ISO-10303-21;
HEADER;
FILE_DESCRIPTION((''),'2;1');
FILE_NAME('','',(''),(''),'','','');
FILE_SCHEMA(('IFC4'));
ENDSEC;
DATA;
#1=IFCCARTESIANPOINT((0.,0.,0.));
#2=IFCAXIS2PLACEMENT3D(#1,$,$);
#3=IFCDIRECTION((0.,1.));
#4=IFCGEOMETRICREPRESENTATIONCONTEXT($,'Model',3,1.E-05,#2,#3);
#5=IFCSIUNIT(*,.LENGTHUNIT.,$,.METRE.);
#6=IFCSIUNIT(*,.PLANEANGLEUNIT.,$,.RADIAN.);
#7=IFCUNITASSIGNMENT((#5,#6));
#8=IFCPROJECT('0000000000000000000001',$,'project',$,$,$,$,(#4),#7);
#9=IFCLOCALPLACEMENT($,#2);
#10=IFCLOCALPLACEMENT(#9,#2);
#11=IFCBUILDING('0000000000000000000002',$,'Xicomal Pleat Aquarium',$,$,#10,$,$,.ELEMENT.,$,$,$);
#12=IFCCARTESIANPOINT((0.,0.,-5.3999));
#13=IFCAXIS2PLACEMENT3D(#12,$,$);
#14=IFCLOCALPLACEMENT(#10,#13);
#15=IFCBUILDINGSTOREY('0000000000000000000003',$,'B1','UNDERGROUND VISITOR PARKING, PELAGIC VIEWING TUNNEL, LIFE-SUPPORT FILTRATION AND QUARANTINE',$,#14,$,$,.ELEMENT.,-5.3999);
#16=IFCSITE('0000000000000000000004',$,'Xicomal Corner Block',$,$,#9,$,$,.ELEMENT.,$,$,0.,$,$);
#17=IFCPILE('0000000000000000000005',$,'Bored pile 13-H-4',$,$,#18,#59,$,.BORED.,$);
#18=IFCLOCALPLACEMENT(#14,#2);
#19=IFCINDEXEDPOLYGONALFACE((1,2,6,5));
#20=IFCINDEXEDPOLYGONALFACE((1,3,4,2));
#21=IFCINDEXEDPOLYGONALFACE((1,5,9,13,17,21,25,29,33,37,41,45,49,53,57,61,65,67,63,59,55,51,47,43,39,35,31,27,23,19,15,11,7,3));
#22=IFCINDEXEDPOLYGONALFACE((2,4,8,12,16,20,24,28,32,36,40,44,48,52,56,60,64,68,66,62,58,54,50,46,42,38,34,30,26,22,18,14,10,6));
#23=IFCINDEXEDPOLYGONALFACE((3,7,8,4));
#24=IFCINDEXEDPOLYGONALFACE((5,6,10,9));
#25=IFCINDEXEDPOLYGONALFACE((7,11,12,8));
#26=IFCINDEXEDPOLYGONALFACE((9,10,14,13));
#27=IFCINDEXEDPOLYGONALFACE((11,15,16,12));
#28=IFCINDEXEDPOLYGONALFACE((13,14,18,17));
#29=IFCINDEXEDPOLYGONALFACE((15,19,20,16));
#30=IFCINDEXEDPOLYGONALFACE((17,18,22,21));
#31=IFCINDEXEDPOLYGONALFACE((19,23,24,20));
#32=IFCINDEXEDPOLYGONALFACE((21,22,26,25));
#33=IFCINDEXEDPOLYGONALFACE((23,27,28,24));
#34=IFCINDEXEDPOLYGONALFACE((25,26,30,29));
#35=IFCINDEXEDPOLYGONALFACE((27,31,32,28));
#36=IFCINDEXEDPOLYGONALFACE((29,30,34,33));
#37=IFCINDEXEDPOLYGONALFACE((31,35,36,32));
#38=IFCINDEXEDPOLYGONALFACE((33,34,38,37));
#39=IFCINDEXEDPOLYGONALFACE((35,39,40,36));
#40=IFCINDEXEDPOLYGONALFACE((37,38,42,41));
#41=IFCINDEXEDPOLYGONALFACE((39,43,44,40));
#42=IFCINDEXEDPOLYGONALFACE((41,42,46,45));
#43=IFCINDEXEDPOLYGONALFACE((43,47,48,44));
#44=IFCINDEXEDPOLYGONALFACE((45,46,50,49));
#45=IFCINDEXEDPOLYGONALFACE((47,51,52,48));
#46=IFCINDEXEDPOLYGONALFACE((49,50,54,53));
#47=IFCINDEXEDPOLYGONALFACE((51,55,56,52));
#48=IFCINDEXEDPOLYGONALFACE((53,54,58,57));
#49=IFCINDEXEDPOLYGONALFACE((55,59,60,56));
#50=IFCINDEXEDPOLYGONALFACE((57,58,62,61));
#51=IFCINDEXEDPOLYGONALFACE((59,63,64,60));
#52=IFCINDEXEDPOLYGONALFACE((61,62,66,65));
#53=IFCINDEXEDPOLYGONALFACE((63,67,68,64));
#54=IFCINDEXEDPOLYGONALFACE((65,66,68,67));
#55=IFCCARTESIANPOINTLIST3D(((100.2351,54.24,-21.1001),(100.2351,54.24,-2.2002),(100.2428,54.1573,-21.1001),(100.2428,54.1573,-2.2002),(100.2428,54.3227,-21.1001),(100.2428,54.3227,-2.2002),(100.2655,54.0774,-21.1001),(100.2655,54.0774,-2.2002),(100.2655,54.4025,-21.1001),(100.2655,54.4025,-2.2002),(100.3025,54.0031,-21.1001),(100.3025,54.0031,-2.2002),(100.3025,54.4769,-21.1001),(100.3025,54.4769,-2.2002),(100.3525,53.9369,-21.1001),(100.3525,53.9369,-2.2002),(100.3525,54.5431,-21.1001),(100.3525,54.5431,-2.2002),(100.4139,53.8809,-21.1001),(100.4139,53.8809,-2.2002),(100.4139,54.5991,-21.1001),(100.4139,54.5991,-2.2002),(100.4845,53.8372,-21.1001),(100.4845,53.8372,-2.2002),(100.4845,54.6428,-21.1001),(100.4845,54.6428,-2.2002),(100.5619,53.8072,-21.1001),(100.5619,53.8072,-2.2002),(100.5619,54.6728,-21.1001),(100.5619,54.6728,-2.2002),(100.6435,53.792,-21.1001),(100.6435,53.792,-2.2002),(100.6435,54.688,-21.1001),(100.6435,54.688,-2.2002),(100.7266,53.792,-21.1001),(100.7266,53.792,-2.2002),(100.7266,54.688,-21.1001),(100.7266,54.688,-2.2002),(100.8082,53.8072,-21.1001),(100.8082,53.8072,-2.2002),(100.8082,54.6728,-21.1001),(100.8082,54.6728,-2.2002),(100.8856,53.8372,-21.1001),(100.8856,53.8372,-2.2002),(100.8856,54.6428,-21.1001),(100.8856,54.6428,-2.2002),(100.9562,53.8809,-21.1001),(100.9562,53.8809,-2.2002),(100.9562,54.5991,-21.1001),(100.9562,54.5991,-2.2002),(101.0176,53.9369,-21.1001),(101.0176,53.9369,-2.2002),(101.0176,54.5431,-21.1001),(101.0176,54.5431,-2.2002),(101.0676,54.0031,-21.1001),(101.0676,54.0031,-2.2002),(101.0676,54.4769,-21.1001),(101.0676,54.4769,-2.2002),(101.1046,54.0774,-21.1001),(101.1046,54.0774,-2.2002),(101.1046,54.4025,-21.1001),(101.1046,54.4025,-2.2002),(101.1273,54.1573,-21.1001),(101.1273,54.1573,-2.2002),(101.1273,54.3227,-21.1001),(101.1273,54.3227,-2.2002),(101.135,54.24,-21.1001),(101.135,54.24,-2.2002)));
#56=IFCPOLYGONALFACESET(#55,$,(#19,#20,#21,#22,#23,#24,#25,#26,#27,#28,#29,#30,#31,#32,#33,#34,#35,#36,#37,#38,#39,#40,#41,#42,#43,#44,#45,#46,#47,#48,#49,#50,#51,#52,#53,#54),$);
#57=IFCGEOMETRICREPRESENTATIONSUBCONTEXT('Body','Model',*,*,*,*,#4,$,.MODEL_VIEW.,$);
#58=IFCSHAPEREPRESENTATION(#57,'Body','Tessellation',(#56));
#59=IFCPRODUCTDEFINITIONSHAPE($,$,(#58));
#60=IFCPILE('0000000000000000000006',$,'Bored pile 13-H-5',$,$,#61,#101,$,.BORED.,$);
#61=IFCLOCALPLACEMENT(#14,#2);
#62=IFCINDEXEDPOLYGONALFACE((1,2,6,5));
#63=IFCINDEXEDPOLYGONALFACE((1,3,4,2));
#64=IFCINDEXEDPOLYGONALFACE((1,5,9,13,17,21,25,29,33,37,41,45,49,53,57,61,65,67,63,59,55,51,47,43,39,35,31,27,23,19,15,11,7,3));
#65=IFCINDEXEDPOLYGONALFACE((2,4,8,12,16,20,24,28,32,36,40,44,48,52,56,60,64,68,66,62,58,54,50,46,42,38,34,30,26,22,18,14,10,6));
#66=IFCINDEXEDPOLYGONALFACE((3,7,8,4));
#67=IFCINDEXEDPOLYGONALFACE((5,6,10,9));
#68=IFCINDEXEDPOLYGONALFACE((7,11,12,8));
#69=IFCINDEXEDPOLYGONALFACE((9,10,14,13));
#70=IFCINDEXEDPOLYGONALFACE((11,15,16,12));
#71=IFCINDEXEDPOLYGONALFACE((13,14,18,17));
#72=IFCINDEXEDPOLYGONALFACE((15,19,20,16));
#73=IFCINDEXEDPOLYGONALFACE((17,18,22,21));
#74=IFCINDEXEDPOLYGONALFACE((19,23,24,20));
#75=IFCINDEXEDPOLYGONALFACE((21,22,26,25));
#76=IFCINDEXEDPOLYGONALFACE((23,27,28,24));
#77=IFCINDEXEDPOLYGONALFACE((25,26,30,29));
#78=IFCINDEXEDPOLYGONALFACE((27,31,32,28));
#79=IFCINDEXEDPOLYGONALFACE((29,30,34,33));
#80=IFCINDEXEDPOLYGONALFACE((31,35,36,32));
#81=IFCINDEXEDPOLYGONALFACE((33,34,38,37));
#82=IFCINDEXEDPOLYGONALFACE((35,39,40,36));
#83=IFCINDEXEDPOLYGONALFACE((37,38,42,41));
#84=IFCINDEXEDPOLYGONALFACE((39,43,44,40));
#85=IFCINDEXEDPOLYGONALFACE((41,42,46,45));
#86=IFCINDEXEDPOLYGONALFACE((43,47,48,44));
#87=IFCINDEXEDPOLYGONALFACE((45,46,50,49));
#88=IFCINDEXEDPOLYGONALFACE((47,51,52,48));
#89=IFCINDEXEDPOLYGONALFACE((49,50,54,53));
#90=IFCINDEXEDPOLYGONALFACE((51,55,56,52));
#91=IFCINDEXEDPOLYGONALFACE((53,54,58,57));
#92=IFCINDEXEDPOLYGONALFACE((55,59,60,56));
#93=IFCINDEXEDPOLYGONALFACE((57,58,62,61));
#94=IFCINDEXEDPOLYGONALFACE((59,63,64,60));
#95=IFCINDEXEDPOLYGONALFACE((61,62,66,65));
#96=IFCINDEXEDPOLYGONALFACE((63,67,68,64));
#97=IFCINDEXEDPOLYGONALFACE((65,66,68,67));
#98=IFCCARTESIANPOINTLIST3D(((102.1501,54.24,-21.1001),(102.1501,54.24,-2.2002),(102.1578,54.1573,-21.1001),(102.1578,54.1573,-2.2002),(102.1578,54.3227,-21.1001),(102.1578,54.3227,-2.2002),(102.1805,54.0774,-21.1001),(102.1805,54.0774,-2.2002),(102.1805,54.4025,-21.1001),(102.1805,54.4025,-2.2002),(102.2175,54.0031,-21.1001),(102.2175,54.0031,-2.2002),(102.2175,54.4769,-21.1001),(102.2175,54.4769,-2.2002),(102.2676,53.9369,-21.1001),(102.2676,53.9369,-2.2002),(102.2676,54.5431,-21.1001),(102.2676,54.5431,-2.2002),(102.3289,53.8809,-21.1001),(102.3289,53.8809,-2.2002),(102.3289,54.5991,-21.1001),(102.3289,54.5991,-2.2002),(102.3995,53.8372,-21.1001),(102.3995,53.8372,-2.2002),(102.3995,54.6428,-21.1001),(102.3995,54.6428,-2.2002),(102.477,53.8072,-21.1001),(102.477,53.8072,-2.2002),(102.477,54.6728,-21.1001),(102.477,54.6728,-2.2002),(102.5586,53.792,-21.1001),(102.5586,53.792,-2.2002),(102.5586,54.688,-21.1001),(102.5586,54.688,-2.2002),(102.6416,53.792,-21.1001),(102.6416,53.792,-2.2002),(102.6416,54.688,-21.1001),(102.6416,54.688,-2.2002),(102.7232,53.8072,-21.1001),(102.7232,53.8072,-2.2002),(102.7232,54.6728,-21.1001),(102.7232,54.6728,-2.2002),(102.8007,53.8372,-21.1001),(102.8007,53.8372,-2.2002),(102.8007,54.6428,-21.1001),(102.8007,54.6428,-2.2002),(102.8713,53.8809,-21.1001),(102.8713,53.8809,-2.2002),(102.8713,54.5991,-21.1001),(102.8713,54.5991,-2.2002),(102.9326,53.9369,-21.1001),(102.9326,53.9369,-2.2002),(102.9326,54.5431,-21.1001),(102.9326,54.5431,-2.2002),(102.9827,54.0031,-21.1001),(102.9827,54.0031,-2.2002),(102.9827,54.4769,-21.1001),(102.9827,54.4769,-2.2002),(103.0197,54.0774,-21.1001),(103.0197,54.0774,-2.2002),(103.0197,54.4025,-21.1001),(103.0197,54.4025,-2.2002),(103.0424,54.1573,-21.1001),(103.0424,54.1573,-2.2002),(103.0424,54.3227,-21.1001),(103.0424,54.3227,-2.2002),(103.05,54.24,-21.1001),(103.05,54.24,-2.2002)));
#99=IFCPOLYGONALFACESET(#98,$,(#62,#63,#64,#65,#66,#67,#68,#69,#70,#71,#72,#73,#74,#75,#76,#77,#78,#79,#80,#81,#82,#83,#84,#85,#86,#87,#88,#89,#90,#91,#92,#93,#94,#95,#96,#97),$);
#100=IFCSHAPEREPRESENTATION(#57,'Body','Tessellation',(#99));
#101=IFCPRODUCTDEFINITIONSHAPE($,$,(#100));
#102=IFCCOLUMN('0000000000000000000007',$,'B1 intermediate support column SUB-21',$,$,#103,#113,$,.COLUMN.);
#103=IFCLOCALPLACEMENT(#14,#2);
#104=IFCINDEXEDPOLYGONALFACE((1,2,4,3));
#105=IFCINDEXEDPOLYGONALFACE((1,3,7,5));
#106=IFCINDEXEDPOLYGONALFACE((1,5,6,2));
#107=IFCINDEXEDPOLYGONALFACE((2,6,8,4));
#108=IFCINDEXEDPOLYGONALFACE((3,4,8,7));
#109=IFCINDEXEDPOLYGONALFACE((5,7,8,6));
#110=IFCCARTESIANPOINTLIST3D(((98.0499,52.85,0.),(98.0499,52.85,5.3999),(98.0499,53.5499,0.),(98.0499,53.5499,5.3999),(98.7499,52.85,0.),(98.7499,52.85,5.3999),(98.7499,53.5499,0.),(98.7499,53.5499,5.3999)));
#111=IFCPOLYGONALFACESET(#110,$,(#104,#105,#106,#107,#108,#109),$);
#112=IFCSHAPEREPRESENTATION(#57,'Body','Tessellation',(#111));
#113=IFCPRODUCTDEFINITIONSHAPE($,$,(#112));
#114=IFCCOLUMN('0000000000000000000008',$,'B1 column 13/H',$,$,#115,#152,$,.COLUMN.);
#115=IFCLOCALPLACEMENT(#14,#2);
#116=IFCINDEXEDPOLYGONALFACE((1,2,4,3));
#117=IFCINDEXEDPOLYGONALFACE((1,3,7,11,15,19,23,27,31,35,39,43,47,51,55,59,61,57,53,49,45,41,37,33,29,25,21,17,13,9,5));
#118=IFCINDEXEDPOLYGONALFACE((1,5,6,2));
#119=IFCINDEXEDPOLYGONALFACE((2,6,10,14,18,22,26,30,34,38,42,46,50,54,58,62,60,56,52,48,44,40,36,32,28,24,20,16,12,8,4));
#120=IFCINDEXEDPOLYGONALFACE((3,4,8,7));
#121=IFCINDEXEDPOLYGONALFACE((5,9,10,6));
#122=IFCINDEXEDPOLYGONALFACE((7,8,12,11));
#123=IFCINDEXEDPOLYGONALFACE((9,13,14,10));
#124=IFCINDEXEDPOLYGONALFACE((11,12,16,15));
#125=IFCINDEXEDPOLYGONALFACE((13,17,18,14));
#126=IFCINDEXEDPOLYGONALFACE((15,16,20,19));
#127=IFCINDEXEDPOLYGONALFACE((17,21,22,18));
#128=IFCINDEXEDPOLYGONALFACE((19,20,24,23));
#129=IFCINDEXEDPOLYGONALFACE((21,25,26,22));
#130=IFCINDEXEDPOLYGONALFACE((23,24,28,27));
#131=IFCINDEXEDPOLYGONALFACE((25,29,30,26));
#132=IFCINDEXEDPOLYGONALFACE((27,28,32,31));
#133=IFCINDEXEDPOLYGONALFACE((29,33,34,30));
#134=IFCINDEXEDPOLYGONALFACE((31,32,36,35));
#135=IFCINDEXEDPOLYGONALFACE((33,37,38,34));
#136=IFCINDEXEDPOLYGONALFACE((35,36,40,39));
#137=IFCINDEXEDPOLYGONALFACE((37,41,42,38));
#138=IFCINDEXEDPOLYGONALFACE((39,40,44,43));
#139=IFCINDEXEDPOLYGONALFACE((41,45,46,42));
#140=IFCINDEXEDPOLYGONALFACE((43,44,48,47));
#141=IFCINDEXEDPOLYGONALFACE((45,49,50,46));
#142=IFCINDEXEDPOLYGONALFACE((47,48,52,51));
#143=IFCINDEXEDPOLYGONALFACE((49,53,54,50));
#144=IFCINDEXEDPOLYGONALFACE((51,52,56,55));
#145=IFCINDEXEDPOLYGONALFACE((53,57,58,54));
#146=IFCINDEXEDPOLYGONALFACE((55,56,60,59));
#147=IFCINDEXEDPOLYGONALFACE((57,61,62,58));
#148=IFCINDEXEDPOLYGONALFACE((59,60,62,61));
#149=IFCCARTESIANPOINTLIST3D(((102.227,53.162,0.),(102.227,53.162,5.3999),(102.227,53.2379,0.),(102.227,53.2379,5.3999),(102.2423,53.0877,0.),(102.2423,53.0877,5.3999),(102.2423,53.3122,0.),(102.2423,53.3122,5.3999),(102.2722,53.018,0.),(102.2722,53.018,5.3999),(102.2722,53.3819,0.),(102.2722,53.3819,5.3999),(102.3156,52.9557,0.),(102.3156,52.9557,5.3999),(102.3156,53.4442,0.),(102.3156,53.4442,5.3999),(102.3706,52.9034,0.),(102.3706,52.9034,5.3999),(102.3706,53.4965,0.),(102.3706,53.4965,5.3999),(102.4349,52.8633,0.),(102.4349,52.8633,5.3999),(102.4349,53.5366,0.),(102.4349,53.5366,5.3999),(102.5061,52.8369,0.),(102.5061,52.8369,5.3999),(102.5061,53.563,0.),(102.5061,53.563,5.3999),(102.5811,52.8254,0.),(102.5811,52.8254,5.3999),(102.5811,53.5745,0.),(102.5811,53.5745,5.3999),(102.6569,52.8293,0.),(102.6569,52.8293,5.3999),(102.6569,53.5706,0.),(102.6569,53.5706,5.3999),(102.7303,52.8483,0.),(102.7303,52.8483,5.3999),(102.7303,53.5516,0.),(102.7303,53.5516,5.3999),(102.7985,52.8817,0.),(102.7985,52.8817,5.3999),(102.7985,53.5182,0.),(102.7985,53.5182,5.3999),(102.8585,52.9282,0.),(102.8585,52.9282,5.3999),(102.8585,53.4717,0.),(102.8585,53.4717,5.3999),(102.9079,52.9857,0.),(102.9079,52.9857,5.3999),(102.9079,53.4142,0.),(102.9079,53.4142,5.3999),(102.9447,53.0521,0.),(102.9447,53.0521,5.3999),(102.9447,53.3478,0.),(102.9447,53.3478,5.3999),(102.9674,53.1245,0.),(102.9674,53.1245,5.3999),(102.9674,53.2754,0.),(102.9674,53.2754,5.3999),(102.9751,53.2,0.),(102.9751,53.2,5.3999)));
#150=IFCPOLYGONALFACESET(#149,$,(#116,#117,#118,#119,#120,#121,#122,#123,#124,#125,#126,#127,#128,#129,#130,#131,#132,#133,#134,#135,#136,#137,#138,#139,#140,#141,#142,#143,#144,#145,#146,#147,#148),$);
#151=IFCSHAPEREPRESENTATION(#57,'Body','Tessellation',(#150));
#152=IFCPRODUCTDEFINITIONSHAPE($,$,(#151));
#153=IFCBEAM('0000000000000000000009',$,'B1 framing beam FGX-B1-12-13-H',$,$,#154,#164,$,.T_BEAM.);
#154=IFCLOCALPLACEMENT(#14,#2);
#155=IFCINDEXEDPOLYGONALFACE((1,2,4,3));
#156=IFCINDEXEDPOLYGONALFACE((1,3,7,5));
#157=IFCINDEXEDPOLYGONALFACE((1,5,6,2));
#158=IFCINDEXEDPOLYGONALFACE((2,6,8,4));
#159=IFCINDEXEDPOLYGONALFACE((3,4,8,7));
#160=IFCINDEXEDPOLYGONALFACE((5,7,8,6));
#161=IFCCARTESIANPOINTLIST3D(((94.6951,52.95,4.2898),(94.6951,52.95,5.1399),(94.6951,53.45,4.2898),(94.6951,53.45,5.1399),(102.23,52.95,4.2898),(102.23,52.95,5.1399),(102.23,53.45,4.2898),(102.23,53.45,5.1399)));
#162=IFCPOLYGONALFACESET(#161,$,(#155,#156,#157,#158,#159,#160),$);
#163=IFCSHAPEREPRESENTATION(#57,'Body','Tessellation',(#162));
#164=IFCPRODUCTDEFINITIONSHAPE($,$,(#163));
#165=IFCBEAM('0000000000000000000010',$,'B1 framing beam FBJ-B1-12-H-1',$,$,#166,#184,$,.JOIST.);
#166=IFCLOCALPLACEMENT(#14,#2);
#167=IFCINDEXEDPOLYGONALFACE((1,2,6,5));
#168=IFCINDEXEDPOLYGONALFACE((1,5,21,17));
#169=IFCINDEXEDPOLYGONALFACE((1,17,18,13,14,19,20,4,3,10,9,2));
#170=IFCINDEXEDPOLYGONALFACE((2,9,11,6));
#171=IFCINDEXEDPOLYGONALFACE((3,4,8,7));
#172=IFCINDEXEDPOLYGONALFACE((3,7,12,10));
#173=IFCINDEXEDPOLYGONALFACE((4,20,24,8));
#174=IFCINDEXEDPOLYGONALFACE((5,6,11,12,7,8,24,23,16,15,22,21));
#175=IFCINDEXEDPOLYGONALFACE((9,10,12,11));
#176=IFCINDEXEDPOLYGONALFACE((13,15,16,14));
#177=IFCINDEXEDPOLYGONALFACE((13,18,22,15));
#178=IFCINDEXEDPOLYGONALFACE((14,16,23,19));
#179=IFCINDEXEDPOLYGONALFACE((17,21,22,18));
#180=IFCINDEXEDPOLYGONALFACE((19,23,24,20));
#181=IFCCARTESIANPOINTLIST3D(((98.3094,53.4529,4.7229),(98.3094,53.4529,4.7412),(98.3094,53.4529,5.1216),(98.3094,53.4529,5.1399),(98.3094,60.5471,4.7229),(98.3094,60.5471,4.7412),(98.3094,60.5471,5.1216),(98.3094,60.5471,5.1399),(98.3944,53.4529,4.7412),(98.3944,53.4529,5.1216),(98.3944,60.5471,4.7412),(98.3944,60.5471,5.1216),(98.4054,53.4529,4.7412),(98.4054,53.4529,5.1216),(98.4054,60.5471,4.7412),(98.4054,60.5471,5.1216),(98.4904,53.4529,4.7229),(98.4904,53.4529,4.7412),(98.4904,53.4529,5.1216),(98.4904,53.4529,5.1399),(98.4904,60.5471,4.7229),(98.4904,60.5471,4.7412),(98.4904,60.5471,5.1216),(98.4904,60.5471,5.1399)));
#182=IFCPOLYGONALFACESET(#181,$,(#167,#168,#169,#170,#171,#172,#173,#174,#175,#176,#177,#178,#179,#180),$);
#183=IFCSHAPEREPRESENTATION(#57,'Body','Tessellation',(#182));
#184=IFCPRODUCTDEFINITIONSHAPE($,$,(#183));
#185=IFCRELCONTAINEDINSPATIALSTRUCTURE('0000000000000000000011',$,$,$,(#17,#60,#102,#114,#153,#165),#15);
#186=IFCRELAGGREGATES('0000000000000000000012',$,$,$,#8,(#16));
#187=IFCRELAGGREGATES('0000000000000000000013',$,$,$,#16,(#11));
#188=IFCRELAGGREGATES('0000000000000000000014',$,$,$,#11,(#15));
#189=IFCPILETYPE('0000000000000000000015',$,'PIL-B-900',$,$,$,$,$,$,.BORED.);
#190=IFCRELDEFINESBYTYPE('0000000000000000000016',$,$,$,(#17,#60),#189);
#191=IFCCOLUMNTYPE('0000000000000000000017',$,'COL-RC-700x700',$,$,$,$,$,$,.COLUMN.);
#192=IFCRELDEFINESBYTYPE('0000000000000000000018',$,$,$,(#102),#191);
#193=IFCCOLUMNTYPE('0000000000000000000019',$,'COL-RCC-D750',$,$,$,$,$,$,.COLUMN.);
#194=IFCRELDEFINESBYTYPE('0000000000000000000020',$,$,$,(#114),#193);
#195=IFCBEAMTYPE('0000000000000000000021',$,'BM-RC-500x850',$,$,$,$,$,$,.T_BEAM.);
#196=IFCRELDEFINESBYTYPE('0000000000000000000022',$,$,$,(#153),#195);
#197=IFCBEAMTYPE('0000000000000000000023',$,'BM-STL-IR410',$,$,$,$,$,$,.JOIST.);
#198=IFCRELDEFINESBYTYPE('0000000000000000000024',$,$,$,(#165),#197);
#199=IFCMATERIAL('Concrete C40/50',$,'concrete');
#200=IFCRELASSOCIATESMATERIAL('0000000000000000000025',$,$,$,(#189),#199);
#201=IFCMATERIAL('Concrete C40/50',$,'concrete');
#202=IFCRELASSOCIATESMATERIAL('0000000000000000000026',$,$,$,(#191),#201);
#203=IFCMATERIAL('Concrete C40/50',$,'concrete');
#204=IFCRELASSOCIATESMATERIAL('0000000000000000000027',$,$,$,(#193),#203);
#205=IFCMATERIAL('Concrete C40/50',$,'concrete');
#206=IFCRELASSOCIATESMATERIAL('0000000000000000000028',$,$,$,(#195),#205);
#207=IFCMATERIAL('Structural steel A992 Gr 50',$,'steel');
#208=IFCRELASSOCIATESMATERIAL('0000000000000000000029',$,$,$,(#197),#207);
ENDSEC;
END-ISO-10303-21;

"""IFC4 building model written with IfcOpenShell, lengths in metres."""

from ifc_helpers import new_model, si_unit, direction, frame, origin, origin_2d, place, context, subcontext, project, spatial, rectangle, circle, i_section, extrude, material, material_profile, profile_set, type_object, element, save


model = new_model("IFC4")

# Units and contexts
model_context = context("Model", 3, precision=1e-05, world=origin(), true_north=direction((0.0, 1.0)))
body_context = subcontext(model_context, "Body", "Model", "MODEL_VIEW")
ifc_project = project(units=[si_unit("LENGTHUNIT", "METRE"), si_unit("PLANEANGLEUNIT", "RADIAN")], contexts=[model_context])

# Site, building, storey
site_placement = place(None, origin())
site = spatial("IfcSite", under=ifc_project, at=site_placement, Name="Xicomal Corner Block", CompositionType="ELEMENT", RefElevation=0.0)
building_placement = place(site_placement, origin())
building = spatial("IfcBuilding", under=site, at=building_placement, Name="Xicomal Pleat Aquarium", CompositionType="ELEMENT")
storey_placement = place(building_placement, frame((0.0, 0.0, -5.3999)))
storey = spatial("IfcBuildingStorey", under=building, at=storey_placement, Name="B1", Description="UNDERGROUND VISITOR PARKING, PELAGIC VIEWING TUNNEL, LIFE-SUPPORT FILTRATION AND QUARANTINE", CompositionType="ELEMENT", Elevation=-5.3999)

# Piles
ifc_material_1 = material(Name="Concrete C40/50", Category="concrete")
ifc_material_profile_1 = material_profile(ifc_material_1, circle(Radius=0.45, at=origin_2d()), Name="BORED PILE D900")
ifc_profile_set_1 = profile_set([ifc_material_profile_1], Name="Concrete C40/50")
pile_type_1 = type_object("IfcPileType", Name="PIL-B-900", PredefinedType="BORED", material=ifc_profile_set_1)
for number, where, z_axis, x_axis, name in (
    (1, (100.6851, 54.24, -2.2002), (0.0, 0.0, -1.0), (1.0, 0.0, 0.0), "Bored pile 13-H-4"),
    (2, (102.6001, 54.24, -2.2002), (0.0, 0.0, -1.0), (1.0, 0.0, 0.0), "Bored pile 13-H-5"),
):
    element("IfcPile", number, at=place(storey_placement, frame(where, z_axis=z_axis, x_axis=x_axis)), inside=storey, type_object=pile_type_1, Name=name, PredefinedType="BORED", context=body_context, shape_type="SweptSolid", body=[
        extrude(circle(Radius=0.45, at=origin_2d()), origin(), (0.0, 0.0, 1.0), 18.8999),
    ])

# Columns
ifc_material_2 = material(Name="Concrete C40/50", Category="concrete")
ifc_material_profile_2 = material_profile(ifc_material_2, rectangle(XDim=0.7, YDim=0.7, at=origin_2d()), Name="RC 700x700")
ifc_profile_set_2 = profile_set([ifc_material_profile_2], Name="Concrete C40/50")
column_type_1 = type_object("IfcColumnType", Name="COL-RC-700x700", PredefinedType="COLUMN", material=ifc_profile_set_2)
column_1_placement = place(storey_placement, frame((98.3999, 53.2, 0.0), z_axis=(0.0, 0.0, 1.0), x_axis=(1.0, 0.0, 0.0)))
element("IfcColumn", 3, at=column_1_placement, inside=storey, type_object=column_type_1, Name="B1 intermediate support column SUB-21", PredefinedType="COLUMN", context=body_context, shape_type="SweptSolid", body=[
    extrude(rectangle(XDim=0.7, YDim=0.7, at=origin_2d()), origin(), (0.0, 0.0, 1.0), 5.3999),
])
ifc_material_3 = material(Name="Concrete C40/50", Category="concrete")
ifc_material_profile_3 = material_profile(ifc_material_3, circle(Radius=0.375, at=origin_2d()), Name="RCC D750")
ifc_profile_set_3 = profile_set([ifc_material_profile_3], Name="Concrete C40/50")
column_type_2 = type_object("IfcColumnType", Name="COL-RCC-D750", PredefinedType="COLUMN", material=ifc_profile_set_3)
column_2_placement = place(storey_placement, frame((102.6001, 53.2, 0.0), z_axis=(0.0, 0.0, 1.0), x_axis=(1.0, 0.0, 0.0)))
element("IfcColumn", 4, at=column_2_placement, inside=storey, type_object=column_type_2, Name="B1 column 13/H", PredefinedType="COLUMN", context=body_context, shape_type="SweptSolid", body=[
    extrude(circle(Radius=0.375, at=origin_2d()), origin(), (0.0, 0.0, 1.0), 5.3999),
])

# Beams
ifc_material_4 = material(Name="Concrete C40/50", Category="concrete")
ifc_material_profile_4 = material_profile(ifc_material_4, rectangle(XDim=0.5, YDim=0.8501, at=origin_2d()), Name="RC 500x850")
ifc_profile_set_4 = profile_set([ifc_material_profile_4], Name="Concrete C40/50")
beam_type_1 = type_object("IfcBeamType", Name="BM-RC-500x850", PredefinedType="T_BEAM", material=ifc_profile_set_4)
beam_1_placement = place(storey_placement, frame((94.6951, 53.2, 4.7148), z_axis=(1.0, 0.0, 0.0), x_axis=(0.0, 1.0, 0.0)))
element("IfcBeam", 5, at=beam_1_placement, inside=storey, type_object=beam_type_1, Name="B1 framing beam FGX-B1-12-13-H", PredefinedType="T_BEAM", context=body_context, shape_type="SweptSolid", body=[
    extrude(rectangle(XDim=0.5, YDim=0.8501, at=origin_2d()), origin(), (0.0, 0.0, 1.0), 7.5349),
])
ifc_material_5 = material(Name="Structural steel A992 Gr 50", Category="steel")
ifc_material_profile_5 = material_profile(ifc_material_5, i_section(OverallWidth=0.1809, OverallDepth=0.417, WebThickness=0.011, FlangeThickness=0.0183, at=origin_2d()), Name="IR 410x85")
ifc_profile_set_5 = profile_set([ifc_material_profile_5], Name="Structural steel A992 Gr 50")
beam_type_2 = type_object("IfcBeamType", Name="BM-STL-IR410", PredefinedType="JOIST", material=ifc_profile_set_5)
beam_2_placement = place(storey_placement, frame((98.3999, 53.4529, 4.9314), z_axis=(0.0, 1.0, 0.0), x_axis=(-1.0, 0.0, 0.0)))
element("IfcBeam", 6, at=beam_2_placement, inside=storey, type_object=beam_type_2, Name="B1 framing beam FBJ-B1-12-H-1", PredefinedType="JOIST", context=body_context, shape_type="SweptSolid", body=[
    extrude(i_section(OverallWidth=0.1809, OverallDepth=0.417, WebThickness=0.011, FlangeThickness=0.0183, at=origin_2d()), origin(), (0.0, 0.0, 1.0), 7.0942),
])

save(model, "model.ifc")
